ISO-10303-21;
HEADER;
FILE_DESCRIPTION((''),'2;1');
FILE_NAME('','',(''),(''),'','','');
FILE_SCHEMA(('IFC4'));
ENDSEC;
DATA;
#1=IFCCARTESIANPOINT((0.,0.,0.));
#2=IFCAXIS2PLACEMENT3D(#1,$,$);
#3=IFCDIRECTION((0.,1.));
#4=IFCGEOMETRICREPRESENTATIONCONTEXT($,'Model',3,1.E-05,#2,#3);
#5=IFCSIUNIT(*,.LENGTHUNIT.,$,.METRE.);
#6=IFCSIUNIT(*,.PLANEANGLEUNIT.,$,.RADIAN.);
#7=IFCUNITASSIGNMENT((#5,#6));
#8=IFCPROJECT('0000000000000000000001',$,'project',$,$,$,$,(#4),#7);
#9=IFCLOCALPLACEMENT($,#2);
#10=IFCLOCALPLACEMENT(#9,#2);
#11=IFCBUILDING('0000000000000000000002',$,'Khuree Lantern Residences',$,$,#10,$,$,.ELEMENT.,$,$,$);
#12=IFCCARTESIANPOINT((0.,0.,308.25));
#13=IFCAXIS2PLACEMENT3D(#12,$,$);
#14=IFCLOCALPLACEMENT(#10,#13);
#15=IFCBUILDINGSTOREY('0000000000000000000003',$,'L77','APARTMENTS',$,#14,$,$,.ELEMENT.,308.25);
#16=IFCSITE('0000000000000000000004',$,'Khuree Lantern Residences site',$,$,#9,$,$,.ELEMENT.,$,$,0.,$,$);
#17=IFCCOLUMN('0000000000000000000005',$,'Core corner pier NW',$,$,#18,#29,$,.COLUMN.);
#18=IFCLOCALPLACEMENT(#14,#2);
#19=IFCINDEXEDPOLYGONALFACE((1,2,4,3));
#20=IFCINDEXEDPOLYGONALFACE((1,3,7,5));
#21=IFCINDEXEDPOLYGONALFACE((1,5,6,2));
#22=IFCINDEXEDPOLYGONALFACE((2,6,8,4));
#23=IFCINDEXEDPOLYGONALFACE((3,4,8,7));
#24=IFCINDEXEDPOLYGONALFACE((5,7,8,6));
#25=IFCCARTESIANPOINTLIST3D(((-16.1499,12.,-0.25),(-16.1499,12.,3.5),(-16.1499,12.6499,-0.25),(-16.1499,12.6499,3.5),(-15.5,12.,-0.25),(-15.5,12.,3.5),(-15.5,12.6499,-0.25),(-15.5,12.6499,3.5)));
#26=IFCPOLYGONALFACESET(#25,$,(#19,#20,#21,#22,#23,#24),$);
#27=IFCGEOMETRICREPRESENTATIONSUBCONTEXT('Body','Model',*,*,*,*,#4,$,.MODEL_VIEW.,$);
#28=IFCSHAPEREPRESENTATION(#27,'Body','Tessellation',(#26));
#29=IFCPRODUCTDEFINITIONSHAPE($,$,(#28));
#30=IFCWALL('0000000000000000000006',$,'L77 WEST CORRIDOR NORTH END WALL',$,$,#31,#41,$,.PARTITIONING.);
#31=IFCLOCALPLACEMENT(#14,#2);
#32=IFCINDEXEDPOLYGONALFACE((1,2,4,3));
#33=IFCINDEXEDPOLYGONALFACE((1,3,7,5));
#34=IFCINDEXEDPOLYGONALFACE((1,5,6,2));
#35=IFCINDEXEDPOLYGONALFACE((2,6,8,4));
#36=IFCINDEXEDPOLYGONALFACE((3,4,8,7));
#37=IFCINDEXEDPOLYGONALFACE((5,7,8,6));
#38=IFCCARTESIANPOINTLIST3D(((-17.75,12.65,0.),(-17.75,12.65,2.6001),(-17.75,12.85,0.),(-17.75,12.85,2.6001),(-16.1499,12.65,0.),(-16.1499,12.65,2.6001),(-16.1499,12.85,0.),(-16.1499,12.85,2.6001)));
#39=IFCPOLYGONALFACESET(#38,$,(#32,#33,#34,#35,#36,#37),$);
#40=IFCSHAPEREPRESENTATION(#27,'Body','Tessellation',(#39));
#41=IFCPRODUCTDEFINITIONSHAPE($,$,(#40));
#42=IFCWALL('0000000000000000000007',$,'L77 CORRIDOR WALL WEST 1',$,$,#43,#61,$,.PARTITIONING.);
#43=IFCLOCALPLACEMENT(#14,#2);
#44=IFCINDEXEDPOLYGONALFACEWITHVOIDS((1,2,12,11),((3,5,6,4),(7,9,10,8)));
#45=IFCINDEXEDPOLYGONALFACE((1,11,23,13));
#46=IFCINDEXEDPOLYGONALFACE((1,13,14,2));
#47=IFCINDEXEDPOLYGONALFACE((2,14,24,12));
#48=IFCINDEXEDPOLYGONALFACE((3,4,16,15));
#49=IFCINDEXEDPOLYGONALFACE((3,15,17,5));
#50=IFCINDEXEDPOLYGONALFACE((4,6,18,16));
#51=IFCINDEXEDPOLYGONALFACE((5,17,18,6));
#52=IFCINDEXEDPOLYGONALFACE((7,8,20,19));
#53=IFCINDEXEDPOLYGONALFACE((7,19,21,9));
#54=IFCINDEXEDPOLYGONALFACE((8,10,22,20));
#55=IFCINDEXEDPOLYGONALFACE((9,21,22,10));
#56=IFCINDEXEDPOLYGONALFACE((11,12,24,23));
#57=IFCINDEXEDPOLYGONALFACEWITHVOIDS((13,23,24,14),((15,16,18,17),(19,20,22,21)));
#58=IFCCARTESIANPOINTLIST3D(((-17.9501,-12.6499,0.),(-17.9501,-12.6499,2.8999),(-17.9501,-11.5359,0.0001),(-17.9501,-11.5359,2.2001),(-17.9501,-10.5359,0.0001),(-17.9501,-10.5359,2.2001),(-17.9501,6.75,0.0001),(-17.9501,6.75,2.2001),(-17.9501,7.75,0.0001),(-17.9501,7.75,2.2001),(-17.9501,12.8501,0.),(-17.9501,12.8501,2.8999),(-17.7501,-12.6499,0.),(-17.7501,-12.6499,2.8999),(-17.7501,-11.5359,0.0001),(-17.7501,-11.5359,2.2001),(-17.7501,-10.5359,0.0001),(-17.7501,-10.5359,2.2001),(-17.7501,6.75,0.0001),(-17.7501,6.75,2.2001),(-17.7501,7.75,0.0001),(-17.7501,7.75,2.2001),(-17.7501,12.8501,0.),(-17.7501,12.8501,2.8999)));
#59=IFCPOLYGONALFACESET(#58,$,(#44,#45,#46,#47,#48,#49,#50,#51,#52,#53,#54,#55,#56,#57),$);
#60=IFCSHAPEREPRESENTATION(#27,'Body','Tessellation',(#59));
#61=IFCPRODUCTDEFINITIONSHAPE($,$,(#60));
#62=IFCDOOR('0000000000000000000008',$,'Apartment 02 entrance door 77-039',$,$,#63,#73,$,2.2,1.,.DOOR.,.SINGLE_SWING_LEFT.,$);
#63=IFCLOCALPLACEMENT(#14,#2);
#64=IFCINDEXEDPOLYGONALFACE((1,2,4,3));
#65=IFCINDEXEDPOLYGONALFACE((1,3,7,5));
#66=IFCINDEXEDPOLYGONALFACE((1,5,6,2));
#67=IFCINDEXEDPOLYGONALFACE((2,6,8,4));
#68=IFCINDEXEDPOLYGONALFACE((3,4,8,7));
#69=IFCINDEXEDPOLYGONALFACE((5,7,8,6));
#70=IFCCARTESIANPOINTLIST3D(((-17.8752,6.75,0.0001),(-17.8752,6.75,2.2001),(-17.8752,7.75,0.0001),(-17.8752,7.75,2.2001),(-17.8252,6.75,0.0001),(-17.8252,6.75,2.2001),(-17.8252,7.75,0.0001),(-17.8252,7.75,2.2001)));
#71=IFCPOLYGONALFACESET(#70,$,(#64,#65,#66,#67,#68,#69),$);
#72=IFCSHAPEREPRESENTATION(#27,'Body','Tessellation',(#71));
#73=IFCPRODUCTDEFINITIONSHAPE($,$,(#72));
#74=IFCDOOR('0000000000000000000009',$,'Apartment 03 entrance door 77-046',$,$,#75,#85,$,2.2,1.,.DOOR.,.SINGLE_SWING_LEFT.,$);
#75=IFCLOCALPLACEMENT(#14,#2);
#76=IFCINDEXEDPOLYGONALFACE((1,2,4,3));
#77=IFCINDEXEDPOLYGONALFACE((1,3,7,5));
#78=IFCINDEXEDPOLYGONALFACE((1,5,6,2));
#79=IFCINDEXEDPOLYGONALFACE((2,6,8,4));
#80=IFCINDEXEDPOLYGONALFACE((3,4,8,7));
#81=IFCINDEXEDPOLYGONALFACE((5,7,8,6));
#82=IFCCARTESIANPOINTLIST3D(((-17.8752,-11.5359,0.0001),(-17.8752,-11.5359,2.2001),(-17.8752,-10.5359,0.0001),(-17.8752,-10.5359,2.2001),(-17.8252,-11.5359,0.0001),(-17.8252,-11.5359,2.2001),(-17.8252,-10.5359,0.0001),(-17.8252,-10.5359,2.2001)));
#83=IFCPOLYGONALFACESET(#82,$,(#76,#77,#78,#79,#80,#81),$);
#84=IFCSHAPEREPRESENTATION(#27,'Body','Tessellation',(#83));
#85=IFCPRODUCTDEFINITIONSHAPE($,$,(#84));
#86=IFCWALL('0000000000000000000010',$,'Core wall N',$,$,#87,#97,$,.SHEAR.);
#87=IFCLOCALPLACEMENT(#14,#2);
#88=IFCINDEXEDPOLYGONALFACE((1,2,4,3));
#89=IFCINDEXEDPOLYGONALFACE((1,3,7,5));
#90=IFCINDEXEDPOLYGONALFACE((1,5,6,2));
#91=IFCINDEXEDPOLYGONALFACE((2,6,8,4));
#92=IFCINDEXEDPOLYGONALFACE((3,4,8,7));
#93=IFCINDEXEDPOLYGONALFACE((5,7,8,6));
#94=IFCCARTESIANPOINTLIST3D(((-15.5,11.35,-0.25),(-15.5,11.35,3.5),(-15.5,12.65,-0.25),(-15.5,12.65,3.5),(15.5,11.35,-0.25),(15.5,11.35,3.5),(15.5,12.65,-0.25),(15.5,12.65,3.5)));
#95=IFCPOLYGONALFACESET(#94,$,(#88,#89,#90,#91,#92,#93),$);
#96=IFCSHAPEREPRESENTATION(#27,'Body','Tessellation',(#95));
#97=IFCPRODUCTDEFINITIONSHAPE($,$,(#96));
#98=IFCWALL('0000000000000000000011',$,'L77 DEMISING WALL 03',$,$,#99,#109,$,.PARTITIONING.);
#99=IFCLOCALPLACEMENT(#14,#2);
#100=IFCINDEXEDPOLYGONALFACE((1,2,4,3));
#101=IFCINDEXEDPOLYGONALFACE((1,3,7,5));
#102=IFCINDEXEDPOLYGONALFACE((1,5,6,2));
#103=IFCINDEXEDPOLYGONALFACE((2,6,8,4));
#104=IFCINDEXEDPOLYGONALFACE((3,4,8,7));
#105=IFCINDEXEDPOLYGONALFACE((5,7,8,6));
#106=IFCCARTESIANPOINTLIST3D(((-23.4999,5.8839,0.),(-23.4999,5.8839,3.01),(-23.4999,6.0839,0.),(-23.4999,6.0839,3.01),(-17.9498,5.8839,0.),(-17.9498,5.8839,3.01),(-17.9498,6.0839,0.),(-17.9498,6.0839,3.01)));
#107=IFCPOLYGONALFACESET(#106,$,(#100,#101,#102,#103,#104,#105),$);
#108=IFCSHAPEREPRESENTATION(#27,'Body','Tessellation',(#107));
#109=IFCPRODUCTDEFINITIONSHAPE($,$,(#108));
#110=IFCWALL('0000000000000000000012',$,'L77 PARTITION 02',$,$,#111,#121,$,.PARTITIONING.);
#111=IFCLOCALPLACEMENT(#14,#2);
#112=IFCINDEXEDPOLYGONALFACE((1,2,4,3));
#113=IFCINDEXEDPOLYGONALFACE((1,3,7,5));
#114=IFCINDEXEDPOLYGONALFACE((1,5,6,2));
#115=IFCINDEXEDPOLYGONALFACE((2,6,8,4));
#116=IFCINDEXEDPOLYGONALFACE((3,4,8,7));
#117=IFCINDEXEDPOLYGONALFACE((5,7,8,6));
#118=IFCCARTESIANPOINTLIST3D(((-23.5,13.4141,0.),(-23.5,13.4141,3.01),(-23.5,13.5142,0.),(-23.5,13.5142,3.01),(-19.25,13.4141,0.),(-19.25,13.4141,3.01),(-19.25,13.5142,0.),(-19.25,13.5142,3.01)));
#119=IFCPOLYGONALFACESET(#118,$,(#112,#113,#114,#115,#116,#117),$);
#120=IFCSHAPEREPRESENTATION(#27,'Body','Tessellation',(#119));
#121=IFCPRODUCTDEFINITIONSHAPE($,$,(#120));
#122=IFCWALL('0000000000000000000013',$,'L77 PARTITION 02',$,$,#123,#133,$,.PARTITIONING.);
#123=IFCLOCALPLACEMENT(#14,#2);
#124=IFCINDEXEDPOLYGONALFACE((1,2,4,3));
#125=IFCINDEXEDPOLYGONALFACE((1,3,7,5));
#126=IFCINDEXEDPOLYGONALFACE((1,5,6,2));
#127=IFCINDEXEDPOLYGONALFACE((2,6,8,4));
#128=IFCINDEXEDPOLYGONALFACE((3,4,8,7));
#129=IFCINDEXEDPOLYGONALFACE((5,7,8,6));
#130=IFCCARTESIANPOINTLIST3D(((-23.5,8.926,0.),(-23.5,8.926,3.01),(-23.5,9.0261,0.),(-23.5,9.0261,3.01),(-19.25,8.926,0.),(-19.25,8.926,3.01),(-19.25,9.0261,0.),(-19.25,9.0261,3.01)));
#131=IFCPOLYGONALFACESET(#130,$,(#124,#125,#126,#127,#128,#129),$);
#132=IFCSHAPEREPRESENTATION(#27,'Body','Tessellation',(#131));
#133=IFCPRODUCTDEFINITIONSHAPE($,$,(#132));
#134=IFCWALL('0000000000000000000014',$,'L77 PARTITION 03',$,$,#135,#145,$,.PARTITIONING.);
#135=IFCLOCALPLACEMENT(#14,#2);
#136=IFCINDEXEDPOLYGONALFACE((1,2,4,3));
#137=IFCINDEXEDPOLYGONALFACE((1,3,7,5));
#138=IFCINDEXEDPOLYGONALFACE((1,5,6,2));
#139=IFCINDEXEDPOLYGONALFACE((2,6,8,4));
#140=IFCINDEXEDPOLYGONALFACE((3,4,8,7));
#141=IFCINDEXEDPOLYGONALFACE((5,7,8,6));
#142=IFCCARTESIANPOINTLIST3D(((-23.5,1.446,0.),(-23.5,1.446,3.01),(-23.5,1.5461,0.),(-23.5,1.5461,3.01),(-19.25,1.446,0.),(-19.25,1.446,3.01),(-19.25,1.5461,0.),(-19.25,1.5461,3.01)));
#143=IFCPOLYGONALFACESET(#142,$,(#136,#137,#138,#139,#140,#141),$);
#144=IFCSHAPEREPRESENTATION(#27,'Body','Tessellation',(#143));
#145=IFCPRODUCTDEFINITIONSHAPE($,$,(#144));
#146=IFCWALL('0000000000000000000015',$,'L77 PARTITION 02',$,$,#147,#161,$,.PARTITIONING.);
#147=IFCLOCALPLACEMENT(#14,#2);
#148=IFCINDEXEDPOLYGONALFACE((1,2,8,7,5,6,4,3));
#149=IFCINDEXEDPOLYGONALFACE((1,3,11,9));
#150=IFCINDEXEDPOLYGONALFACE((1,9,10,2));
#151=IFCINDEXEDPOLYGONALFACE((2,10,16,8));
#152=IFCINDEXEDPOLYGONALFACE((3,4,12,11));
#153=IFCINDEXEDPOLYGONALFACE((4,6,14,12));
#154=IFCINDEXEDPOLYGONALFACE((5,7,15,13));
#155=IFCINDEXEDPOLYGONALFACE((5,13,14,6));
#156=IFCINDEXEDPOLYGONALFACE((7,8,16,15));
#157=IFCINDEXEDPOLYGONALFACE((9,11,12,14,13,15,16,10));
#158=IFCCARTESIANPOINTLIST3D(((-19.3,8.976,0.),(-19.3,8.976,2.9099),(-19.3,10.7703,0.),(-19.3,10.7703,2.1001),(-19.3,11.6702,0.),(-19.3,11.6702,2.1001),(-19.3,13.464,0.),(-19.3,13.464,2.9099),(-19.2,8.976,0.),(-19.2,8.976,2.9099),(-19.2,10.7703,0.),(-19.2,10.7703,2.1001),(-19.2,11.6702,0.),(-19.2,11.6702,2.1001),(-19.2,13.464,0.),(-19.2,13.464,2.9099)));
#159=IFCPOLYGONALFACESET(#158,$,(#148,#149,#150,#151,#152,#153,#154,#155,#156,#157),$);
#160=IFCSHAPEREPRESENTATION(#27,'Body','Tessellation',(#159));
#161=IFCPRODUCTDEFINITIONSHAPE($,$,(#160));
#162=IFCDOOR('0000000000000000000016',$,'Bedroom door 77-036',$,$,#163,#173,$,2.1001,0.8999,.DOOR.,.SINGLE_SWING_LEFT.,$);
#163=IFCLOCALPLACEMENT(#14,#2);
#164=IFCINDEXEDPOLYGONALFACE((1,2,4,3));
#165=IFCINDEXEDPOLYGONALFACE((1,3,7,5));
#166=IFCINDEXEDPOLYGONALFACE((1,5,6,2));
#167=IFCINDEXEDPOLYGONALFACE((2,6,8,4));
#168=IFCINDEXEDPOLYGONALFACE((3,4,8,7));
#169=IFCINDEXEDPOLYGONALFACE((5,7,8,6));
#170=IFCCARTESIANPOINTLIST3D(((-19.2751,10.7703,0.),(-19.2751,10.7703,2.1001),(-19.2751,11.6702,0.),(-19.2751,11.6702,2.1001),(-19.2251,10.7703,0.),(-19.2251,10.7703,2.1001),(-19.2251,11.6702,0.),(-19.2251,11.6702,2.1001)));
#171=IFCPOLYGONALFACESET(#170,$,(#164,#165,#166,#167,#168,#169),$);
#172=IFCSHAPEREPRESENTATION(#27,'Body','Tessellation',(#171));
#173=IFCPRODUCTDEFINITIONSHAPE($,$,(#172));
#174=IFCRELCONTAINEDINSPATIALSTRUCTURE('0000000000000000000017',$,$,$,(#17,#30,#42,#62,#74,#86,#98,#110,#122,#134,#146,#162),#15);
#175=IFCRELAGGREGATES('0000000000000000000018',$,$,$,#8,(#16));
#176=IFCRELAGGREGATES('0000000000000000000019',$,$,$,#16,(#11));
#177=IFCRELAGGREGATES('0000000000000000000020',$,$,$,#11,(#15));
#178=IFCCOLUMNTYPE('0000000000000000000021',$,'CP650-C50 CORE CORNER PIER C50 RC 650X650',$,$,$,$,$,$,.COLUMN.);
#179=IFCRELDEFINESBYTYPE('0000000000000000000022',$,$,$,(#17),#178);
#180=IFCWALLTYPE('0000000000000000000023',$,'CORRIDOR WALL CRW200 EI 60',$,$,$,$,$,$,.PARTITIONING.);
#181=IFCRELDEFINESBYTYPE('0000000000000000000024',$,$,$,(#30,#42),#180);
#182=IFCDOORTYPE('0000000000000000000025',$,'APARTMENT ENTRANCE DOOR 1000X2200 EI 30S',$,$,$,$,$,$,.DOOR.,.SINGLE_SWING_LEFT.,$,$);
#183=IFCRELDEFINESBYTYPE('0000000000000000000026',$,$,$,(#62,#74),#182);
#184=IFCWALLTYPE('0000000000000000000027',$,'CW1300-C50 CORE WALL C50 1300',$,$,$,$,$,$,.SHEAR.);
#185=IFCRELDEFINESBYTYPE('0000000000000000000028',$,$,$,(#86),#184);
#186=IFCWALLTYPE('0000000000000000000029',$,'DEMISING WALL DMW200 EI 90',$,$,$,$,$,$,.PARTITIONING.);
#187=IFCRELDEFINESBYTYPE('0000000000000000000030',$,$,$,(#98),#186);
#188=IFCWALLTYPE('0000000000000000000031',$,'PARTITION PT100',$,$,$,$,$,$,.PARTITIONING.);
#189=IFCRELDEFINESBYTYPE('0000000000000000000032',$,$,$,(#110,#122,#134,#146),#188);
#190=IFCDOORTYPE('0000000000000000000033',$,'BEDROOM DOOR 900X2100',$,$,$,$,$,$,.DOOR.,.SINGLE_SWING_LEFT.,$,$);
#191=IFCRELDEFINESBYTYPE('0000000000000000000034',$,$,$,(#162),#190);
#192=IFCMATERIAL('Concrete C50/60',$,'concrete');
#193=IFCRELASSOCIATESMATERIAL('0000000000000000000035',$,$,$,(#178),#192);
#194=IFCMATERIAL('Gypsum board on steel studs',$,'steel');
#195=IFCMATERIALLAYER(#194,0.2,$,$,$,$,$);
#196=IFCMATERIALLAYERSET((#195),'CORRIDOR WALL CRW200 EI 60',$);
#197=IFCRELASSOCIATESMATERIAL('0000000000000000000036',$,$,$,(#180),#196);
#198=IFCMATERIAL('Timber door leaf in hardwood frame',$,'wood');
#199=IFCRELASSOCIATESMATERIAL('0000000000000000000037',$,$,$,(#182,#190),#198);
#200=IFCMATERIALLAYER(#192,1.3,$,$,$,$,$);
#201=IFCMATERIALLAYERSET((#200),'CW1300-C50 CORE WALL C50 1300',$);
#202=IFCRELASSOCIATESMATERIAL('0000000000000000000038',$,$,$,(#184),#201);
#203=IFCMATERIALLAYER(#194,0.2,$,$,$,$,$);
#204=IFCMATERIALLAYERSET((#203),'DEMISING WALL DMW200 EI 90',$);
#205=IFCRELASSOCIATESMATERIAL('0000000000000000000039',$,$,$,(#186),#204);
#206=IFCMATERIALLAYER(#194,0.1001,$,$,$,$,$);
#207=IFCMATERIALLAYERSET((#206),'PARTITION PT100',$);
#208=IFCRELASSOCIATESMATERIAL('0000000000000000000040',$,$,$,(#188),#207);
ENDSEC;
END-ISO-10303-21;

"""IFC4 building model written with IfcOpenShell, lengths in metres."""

from ifc_helpers import new_model, si_unit, direction, frame, frame_2d, origin, origin_2d, place, context, subcontext, project, spatial, rectangle, extrude, material, layer, layer_set, material_profile, profile_set, type_object, element, fill, save


model = new_model("IFC4")

# Units and contexts
model_context = context("Model", 3, precision=1e-05, world=origin(), true_north=direction((0.0, 1.0)))
body_context = subcontext(model_context, "Body", "Model", "MODEL_VIEW")
ifc_project = project(units=[si_unit("LENGTHUNIT", "METRE"), si_unit("PLANEANGLEUNIT", "RADIAN")], contexts=[model_context])

# Site, building, storey
site_placement = place(None, origin())
site = spatial("IfcSite", under=ifc_project, at=site_placement, Name="Khuree Lantern Residences site", CompositionType="ELEMENT", RefElevation=0.0)
building_placement = place(site_placement, origin())
building = spatial("IfcBuilding", under=site, at=building_placement, Name="Khuree Lantern Residences", CompositionType="ELEMENT")
storey_placement = place(building_placement, frame((0.0, 0.0, 308.25)))
storey = spatial("IfcBuildingStorey", under=building, at=storey_placement, Name="L77", Description="APARTMENTS", CompositionType="ELEMENT", Elevation=308.25)

# Column
ifc_material_1 = material(Name="Concrete C50/60", Category="concrete")
ifc_material_profile = material_profile(ifc_material_1, rectangle(XDim=0.6499, YDim=0.6499, at=origin_2d()), Name="RC 650X650")
ifc_profile_set = profile_set([ifc_material_profile], Name="Concrete C50/60")
column_type = type_object("IfcColumnType", Name="CP650-C50 CORE CORNER PIER C50 RC 650X650", PredefinedType="COLUMN", material=ifc_profile_set)
column_placement = place(storey_placement, frame((-15.825, 12.325, -0.25), z_axis=(0.0, 0.0, 1.0), x_axis=(1.0, 0.0, 0.0)))
element("IfcColumn", 1, at=column_placement, inside=storey, type_object=column_type, Name="Core corner pier NW", PredefinedType="COLUMN", context=body_context, shape_type="SweptSolid", body=[
    extrude(rectangle(XDim=0.6499, YDim=0.6499, at=origin_2d()), origin(), (0.0, 0.0, 1.0), 3.75),
])

# Wall
ifc_material_2 = material(Name="Gypsum board on steel studs", Category="steel")
ifc_layer_1 = layer(ifc_material_2, 0.2)
ifc_layer_set_1 = layer_set([ifc_layer_1], Name="CORRIDOR WALL CRW200 EI 60")
wall_type_1 = type_object("IfcWallType", Name="CORRIDOR WALL CRW200 EI 60", PredefinedType="PARTITIONING", material=ifc_layer_set_1)
wall_1_placement = place(storey_placement, frame((-16.1499, 12.75, 0.0), z_axis=(0.0, 0.0, 1.0), x_axis=(-1.0, 0.0, 0.0)))
element("IfcWall", 2, at=wall_1_placement, inside=storey, type_object=wall_type_1, Name="L77 WEST CORRIDOR NORTH END WALL", PredefinedType="PARTITIONING", context=body_context, shape_type="SweptSolid", body=[
    extrude(rectangle(XDim=1.6001, YDim=0.2, at=frame_2d((0.8, 0.0))), origin(), (0.0, 0.0, 1.0), 2.6001),
])

# Wall, openings, doors
wall_2_placement = place(storey_placement, frame((-17.8501, 12.8501, 0.0), z_axis=(0.0, 0.0, 1.0), x_axis=(0.0, -1.0, 0.0)))
wall_2 = element("IfcWall", 3, at=wall_2_placement, inside=storey, type_object=wall_type_1, Name="L77 CORRIDOR WALL WEST 1", PredefinedType="PARTITIONING", context=body_context, shape_type="SweptSolid", body=[
    extrude(rectangle(XDim=25.5, YDim=0.2, at=frame_2d((12.75, 0.0))), origin(), (0.0, 0.0, 1.0), 2.8999),
])
opening_1_placement = place(wall_2_placement, frame((5.1001, 0.0, 0.0)))
opening_1 = element("IfcOpeningElement", 4, at=opening_1_placement, cuts=wall_2, PredefinedType="OPENING", context=body_context, shape_type="SweptSolid", body=[
    extrude(rectangle(XDim=1.0, YDim=2.2, at=frame_2d((0.5, 1.1001))), frame((0.0, 0.1099, 0.0), z_axis=(0.0, -1.0, 0.0), x_axis=(1.0, 0.0, 0.0)), (0.0, 0.0, 1.0), 0.22),
])
opening_2_placement = place(wall_2_placement, frame((23.386, 0.0, 0.0)))
opening_2 = element("IfcOpeningElement", 5, at=opening_2_placement, cuts=wall_2, PredefinedType="OPENING", context=body_context, shape_type="SweptSolid", body=[
    extrude(rectangle(XDim=1.0, YDim=2.2, at=frame_2d((0.5, 1.1001))), frame((0.0, 0.1099, 0.0), z_axis=(0.0, -1.0, 0.0), x_axis=(1.0, 0.0, 0.0)), (0.0, 0.0, 1.0), 0.22),
])
ifc_material_3 = material(Name="Timber door leaf in hardwood frame", Category="wood")
door_type_1 = type_object("IfcDoorType", Name="APARTMENT ENTRANCE DOOR 1000X2200 EI 30S", OperationType="SINGLE_SWING_LEFT", PredefinedType="DOOR", material=ifc_material_3)
door_1_placement = place(opening_1_placement, origin())
door_1 = element("IfcDoor", 6, at=door_1_placement, inside=storey, type_object=door_type_1, Name="Apartment 02 entrance door 77-039", OperationType="SINGLE_SWING_LEFT", OverallHeight=2.2, OverallWidth=1.0, PredefinedType="DOOR", context=body_context, shape_type="SweptSolid", body=[
    extrude(rectangle(XDim=1.0, YDim=2.2, at=frame_2d((0.5, 1.1001))), frame((0.0, 0.0249, 0.0), z_axis=(0.0, -1.0, 0.0), x_axis=(1.0, 0.0, 0.0)), (0.0, 0.0, 1.0), 0.05),
])
fill(opening_1, door_1)
door_2_placement = place(opening_2_placement, origin())
door_2 = element("IfcDoor", 7, at=door_2_placement, inside=storey, type_object=door_type_1, Name="Apartment 03 entrance door 77-046", OperationType="SINGLE_SWING_LEFT", OverallHeight=2.2, OverallWidth=1.0, PredefinedType="DOOR", context=body_context, shape_type="SweptSolid", body=[
    extrude(rectangle(XDim=1.0, YDim=2.2, at=frame_2d((0.5, 1.1001))), frame((0.0, 0.0249, 0.0), z_axis=(0.0, -1.0, 0.0), x_axis=(1.0, 0.0, 0.0)), (0.0, 0.0, 1.0), 0.05),
])
fill(opening_2, door_2)

# Walls
ifc_layer_2 = layer(ifc_material_1, 1.3)
ifc_layer_set_2 = layer_set([ifc_layer_2], Name="CW1300-C50 CORE WALL C50 1300")
wall_type_2 = type_object("IfcWallType", Name="CW1300-C50 CORE WALL C50 1300", PredefinedType="SHEAR", material=ifc_layer_set_2)
wall_3_placement = place(storey_placement, frame((-15.5, 12.0, -0.25), z_axis=(0.0, 0.0, 1.0), x_axis=(1.0, 0.0, 0.0)))
element("IfcWall", 8, at=wall_3_placement, inside=storey, type_object=wall_type_2, Name="Core wall N", PredefinedType="SHEAR", context=body_context, shape_type="SweptSolid", body=[
    extrude(rectangle(XDim=31.0, YDim=1.3, at=frame_2d((15.5, 0.0))), origin(), (0.0, 0.0, 1.0), 3.75),
])
ifc_layer_3 = layer(ifc_material_2, 0.2)
ifc_layer_set_3 = layer_set([ifc_layer_3], Name="DEMISING WALL DMW200 EI 90")
wall_type_3 = type_object("IfcWallType", Name="DEMISING WALL DMW200 EI 90", PredefinedType="PARTITIONING", material=ifc_layer_set_3)
wall_4_placement = place(storey_placement, frame((-17.95, 5.9839, 0.0), z_axis=(0.0, 0.0, 1.0), x_axis=(-1.0, 0.0, 0.0)))
element("IfcWall", 9, at=wall_4_placement, inside=storey, type_object=wall_type_3, Name="L77 DEMISING WALL 03", PredefinedType="PARTITIONING", context=body_context, shape_type="SweptSolid", body=[
    extrude(rectangle(XDim=5.55, YDim=0.2, at=frame_2d((2.7749, 0.0))), origin(), (0.0, 0.0, 1.0), 3.01),
])
ifc_layer_4 = layer(ifc_material_2, 0.1001)
ifc_layer_set_4 = layer_set([ifc_layer_4], Name="PARTITION PT100")
wall_type_4 = type_object("IfcWallType", Name="PARTITION PT100", PredefinedType="PARTITIONING", material=ifc_layer_set_4)
for number, where, z_axis, x_axis, name in (
    (10, (-19.25, 13.4641, 0.0), (0.0, 0.0, 1.0), (-1.0, 0.0, 0.0), "L77 PARTITION 02"),
    (11, (-19.25, 8.9761, 0.0), (0.0, 0.0, 1.0), (-1.0, 0.0, 0.0), "L77 PARTITION 02"),
    (12, (-19.25, 1.4961, 0.0), (0.0, 0.0, 1.0), (-1.0, 0.0, 0.0), "L77 PARTITION 03"),
):
    element("IfcWall", number, at=place(storey_placement, frame(where, z_axis=z_axis, x_axis=x_axis)), inside=storey, type_object=wall_type_4, Name=name, PredefinedType="PARTITIONING", context=body_context, shape_type="SweptSolid", body=[
        extrude(rectangle(XDim=4.25, YDim=0.1001, at=frame_2d((2.125, 0.0))), origin(), (0.0, 0.0, 1.0), 3.01),
    ])

# Wall, opening, door
wall_5_placement = place(storey_placement, frame((-19.25, 13.4641, 0.0), z_axis=(0.0, 0.0, 1.0), x_axis=(0.0, -1.0, 0.0)))
wall_5 = element("IfcWall", 13, at=wall_5_placement, inside=storey, type_object=wall_type_4, Name="L77 PARTITION 02", PredefinedType="PARTITIONING", context=body_context, shape_type="SweptSolid", body=[
    extrude(rectangle(XDim=4.488, YDim=0.1001, at=frame_2d((2.2441, 0.0))), origin(), (0.0, 0.0, 1.0), 2.9099),
])
opening_3_placement = place(wall_5_placement, frame((1.7939, 0.0, 0.0)))
opening_3 = element("IfcOpeningElement", 14, at=opening_3_placement, cuts=wall_5, PredefinedType="OPENING", context=body_context, shape_type="SweptSolid", body=[
    extrude(rectangle(XDim=0.8999, YDim=2.1001, at=frame_2d((0.45, 1.05))), frame((0.0, 0.0601, 0.0), z_axis=(0.0, -1.0, 0.0), x_axis=(1.0, 0.0, 0.0)), (0.0, 0.0, 1.0), 0.1201),
])
door_type_2 = type_object("IfcDoorType", Name="BEDROOM DOOR 900X2100", OperationType="SINGLE_SWING_LEFT", PredefinedType="DOOR", material=ifc_material_3)
door_3_placement = place(opening_3_placement, origin())
door_3 = element("IfcDoor", 15, at=door_3_placement, inside=storey, type_object=door_type_2, Name="Bedroom door 77-036", OperationType="SINGLE_SWING_LEFT", OverallHeight=2.1001, OverallWidth=0.8999, PredefinedType="DOOR", context=body_context, shape_type="SweptSolid", body=[
    extrude(rectangle(XDim=0.8999, YDim=2.1001, at=frame_2d((0.45, 1.05))), frame((0.0, 0.0249, 0.0), z_axis=(0.0, -1.0, 0.0), x_axis=(1.0, 0.0, 0.0)), (0.0, 0.0, 1.0), 0.05),
])
fill(opening_3, door_3)

save(model, "model.ifc")
